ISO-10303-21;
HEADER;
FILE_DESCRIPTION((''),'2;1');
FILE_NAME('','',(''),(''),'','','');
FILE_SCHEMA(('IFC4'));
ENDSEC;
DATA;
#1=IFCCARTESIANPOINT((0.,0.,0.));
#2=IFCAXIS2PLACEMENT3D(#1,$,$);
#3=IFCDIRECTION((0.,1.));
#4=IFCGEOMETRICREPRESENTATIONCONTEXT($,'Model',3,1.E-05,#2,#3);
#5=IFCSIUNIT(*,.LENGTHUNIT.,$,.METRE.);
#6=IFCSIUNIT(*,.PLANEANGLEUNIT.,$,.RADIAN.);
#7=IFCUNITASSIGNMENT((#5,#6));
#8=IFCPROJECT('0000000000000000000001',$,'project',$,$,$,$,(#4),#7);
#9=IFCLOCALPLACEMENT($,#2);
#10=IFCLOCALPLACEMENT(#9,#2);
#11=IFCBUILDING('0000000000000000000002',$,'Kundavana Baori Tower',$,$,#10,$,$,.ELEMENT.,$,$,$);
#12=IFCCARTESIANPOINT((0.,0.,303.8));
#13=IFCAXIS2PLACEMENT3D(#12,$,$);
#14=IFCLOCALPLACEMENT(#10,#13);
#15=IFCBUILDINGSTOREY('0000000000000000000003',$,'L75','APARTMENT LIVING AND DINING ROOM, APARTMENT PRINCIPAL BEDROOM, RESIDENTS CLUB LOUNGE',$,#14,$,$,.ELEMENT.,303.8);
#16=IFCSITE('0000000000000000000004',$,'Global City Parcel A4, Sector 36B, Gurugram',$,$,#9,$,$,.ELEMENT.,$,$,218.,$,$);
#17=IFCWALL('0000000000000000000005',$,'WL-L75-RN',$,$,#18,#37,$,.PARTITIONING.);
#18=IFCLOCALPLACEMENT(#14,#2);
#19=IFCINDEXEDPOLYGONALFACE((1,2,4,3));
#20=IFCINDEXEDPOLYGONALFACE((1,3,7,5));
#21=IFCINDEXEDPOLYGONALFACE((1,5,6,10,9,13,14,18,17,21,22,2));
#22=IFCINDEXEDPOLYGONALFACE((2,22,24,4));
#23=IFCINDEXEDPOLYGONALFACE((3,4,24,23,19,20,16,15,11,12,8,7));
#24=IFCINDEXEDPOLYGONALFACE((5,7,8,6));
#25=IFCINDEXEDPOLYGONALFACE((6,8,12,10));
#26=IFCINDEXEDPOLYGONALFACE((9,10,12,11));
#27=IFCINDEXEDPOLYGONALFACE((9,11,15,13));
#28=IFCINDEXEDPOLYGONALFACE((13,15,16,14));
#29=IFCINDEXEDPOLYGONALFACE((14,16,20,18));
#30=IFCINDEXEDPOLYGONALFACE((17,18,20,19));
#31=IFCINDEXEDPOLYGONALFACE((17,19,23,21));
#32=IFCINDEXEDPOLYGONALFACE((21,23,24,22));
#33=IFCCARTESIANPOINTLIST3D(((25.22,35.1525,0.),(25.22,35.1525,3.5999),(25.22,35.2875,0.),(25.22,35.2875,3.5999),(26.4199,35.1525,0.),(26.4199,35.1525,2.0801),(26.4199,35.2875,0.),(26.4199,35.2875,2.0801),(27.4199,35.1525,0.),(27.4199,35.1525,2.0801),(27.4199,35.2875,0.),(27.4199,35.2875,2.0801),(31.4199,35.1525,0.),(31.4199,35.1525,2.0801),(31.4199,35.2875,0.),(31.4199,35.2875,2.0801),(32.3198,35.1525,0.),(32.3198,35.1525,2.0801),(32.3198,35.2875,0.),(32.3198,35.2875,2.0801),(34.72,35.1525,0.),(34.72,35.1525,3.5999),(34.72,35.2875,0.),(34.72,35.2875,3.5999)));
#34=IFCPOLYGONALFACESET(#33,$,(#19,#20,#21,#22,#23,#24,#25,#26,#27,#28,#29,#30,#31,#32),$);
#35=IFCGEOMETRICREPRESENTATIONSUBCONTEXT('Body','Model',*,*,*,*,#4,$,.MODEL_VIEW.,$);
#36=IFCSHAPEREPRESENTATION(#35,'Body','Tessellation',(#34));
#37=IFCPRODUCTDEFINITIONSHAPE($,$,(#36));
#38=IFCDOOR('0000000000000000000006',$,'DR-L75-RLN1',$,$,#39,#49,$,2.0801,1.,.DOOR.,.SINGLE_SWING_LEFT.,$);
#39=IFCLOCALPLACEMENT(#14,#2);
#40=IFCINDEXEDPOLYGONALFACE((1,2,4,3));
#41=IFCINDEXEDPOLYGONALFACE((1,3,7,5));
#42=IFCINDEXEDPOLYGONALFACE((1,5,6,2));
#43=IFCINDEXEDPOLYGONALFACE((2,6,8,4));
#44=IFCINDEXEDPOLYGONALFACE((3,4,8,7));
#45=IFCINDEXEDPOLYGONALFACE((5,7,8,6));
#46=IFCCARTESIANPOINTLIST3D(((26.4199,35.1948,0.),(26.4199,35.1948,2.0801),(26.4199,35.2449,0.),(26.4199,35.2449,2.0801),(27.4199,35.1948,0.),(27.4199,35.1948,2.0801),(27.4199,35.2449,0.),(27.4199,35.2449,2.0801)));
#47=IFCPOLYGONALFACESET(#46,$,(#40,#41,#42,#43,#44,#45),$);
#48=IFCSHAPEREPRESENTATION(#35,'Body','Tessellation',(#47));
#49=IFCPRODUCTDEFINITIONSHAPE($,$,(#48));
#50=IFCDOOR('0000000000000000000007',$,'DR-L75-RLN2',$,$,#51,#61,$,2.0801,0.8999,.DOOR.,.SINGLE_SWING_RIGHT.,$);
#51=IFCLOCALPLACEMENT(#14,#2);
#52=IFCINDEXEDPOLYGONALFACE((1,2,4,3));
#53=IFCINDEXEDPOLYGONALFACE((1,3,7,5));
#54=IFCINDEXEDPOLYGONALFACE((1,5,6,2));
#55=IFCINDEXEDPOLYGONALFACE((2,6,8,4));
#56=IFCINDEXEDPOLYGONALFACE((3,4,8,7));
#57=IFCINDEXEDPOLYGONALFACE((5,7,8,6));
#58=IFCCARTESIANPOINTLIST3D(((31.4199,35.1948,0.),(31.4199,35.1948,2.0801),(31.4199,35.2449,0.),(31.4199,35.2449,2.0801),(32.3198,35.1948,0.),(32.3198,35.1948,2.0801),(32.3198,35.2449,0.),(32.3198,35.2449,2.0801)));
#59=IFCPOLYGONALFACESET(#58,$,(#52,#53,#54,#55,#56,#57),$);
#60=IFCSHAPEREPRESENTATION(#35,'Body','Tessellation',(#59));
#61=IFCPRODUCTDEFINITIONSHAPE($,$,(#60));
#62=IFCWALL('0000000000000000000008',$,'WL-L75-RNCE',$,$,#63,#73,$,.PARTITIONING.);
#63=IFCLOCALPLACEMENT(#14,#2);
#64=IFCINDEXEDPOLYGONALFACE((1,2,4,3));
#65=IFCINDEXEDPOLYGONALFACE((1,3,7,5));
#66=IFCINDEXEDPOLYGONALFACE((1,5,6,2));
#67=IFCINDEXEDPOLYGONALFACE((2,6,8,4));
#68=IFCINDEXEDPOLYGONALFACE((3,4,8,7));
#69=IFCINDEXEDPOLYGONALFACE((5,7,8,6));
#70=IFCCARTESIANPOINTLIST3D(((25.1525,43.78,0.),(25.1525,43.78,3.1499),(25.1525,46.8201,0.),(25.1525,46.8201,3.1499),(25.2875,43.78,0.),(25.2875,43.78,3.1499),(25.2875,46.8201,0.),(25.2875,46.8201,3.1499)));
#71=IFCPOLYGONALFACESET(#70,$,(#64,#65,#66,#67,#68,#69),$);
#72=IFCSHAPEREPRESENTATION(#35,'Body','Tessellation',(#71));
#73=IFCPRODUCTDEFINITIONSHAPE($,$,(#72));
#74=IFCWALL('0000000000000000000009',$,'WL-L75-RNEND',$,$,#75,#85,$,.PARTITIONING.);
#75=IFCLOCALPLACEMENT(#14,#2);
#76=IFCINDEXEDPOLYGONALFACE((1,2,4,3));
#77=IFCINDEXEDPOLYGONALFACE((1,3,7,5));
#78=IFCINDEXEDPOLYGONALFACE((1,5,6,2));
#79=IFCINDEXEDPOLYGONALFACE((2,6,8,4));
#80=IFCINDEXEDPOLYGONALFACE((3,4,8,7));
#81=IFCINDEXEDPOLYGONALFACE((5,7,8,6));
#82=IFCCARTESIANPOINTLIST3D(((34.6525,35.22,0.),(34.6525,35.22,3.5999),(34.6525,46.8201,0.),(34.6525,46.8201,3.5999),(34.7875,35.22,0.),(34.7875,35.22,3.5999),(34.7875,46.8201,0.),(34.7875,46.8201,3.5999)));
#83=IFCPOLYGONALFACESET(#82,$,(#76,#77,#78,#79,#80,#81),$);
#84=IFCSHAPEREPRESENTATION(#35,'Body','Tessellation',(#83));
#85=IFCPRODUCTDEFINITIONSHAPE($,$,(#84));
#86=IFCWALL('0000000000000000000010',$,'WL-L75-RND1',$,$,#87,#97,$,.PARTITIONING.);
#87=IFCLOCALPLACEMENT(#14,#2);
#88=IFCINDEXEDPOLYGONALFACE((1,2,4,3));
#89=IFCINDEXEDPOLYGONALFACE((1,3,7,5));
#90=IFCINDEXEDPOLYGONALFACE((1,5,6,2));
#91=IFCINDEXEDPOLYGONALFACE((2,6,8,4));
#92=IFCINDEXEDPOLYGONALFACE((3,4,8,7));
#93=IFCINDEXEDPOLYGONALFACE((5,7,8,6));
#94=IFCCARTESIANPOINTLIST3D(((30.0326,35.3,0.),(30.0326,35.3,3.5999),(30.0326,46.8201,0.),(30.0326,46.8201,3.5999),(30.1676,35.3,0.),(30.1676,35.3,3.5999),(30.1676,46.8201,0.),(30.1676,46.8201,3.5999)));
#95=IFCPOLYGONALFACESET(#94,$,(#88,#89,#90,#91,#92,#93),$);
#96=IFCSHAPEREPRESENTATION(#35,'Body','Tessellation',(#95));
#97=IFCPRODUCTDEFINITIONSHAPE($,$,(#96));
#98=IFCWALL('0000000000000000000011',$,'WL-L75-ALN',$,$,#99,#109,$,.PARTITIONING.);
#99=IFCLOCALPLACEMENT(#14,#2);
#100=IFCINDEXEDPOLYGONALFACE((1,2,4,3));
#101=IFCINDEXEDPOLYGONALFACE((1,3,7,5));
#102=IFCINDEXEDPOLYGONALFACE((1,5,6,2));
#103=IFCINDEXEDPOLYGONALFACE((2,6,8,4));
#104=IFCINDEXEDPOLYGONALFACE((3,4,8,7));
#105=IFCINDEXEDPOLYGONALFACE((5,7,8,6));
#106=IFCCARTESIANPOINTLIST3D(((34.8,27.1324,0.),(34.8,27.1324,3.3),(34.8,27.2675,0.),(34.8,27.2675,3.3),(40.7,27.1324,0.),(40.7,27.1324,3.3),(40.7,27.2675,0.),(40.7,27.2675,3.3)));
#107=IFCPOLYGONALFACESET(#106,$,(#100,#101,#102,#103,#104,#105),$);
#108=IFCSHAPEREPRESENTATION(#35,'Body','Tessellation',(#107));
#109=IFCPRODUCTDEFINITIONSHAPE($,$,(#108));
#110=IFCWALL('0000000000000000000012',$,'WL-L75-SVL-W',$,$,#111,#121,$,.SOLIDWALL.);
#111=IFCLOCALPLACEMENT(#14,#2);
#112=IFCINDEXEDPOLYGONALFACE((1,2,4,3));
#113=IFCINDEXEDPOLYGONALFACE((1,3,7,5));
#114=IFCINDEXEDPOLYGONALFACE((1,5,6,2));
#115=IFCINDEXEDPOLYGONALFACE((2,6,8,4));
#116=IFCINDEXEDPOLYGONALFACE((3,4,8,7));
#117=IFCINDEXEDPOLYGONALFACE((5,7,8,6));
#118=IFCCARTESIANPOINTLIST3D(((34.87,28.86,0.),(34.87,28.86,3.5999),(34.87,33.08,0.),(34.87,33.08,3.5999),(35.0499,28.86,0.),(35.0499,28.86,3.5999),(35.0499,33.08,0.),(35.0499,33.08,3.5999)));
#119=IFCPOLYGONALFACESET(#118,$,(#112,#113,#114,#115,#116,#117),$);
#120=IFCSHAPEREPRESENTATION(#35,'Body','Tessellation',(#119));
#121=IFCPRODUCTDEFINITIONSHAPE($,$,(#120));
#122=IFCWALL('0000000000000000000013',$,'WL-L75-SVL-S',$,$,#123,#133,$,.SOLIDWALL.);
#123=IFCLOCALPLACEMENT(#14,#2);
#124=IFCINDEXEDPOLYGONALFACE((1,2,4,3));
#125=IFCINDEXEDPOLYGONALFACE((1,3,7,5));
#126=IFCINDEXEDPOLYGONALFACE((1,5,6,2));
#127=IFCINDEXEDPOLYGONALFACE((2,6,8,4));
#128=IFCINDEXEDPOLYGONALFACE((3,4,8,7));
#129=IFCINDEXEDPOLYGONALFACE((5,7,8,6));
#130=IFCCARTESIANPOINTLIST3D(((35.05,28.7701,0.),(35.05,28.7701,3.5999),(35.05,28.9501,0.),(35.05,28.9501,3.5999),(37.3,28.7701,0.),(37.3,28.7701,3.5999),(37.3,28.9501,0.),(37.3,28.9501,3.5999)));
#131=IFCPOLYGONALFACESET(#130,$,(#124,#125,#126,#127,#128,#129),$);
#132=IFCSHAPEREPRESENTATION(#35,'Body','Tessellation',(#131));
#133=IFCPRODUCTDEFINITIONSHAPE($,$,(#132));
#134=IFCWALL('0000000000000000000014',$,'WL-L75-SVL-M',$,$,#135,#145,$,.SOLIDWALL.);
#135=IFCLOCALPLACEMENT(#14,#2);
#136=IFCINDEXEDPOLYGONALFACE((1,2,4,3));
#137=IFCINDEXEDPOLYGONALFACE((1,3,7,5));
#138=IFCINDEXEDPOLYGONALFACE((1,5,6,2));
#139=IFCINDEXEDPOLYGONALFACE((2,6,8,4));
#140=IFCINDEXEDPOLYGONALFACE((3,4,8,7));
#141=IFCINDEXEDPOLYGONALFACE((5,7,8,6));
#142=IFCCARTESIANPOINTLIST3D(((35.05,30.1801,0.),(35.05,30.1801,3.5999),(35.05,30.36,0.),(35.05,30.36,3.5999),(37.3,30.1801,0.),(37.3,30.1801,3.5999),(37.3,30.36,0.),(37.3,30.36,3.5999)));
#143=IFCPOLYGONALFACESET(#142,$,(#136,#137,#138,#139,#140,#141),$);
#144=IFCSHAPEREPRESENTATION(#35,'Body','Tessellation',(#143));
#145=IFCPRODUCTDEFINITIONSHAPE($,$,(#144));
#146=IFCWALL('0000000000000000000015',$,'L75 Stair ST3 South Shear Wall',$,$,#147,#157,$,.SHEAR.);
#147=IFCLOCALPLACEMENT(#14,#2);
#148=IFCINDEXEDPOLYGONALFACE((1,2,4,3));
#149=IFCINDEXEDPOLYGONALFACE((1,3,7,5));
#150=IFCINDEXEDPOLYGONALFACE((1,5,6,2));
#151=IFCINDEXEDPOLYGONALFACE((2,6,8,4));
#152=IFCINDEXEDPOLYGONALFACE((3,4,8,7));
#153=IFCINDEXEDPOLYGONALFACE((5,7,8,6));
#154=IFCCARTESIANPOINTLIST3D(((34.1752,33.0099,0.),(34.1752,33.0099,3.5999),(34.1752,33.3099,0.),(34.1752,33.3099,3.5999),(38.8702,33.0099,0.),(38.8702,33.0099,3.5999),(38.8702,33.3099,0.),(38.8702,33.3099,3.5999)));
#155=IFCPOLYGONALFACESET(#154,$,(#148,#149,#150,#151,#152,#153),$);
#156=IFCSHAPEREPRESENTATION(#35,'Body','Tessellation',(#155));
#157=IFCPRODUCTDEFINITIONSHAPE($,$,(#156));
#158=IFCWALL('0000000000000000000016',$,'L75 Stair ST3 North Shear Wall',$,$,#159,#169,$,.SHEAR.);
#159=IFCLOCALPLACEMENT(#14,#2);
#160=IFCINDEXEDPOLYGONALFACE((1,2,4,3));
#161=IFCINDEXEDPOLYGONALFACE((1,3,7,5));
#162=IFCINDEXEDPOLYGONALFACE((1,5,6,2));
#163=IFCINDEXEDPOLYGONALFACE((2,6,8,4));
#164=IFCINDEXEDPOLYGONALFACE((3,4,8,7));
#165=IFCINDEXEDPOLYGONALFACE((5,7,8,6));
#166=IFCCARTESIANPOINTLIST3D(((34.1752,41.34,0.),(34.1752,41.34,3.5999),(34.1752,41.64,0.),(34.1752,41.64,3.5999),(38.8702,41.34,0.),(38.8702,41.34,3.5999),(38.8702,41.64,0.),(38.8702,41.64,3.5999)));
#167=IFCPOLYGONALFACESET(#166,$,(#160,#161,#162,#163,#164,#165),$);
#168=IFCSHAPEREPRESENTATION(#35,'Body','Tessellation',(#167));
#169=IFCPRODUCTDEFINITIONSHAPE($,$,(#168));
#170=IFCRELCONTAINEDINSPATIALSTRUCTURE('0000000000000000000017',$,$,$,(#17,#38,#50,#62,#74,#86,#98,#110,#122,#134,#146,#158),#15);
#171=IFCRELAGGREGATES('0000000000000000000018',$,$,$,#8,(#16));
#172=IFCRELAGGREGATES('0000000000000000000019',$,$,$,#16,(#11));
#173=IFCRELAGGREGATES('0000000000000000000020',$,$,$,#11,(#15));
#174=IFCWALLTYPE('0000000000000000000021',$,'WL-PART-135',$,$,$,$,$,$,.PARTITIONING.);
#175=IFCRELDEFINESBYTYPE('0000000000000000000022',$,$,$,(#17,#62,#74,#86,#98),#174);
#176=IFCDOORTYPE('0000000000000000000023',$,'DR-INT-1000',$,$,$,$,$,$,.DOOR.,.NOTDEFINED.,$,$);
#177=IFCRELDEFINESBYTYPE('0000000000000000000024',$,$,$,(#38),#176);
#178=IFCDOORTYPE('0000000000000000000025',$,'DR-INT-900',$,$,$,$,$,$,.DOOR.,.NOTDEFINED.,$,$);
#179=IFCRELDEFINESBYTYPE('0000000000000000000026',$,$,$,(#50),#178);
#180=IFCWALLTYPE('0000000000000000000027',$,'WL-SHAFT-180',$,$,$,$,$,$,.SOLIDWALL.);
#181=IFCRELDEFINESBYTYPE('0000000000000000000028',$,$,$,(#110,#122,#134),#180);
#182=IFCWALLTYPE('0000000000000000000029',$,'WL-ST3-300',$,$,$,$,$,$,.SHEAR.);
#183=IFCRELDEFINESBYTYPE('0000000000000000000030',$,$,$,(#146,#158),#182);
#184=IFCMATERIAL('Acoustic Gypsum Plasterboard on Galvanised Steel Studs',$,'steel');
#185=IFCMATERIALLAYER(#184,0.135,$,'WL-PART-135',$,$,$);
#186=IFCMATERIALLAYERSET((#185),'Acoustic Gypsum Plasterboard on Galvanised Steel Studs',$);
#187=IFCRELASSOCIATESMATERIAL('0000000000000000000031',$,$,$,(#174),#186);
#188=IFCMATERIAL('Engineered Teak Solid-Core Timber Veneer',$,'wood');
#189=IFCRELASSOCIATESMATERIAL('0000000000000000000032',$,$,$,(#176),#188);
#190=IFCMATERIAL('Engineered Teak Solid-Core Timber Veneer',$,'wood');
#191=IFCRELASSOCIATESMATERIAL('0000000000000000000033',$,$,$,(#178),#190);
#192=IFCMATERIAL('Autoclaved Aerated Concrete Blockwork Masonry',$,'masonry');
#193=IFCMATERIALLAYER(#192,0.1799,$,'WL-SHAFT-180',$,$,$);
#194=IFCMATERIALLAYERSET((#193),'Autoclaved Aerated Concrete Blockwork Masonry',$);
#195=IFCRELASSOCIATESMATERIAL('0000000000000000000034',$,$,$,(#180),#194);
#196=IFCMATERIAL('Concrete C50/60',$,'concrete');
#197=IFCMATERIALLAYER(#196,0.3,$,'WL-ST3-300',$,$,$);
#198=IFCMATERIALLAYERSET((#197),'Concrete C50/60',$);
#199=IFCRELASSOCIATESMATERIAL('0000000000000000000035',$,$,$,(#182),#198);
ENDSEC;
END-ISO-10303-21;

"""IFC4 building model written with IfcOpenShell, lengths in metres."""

from ifc_helpers import new_model, si_unit, direction, frame, frame_2d, origin, place, context, subcontext, project, spatial, rectangle, extrude, material, layer, layer_set, type_object, element, fill, save


model = new_model("IFC4")

# Units and contexts
model_context = context("Model", 3, precision=1e-05, world=origin(), true_north=direction((0.0, 1.0)))
body_context = subcontext(model_context, "Body", "Model", "MODEL_VIEW")
ifc_project = project(units=[si_unit("LENGTHUNIT", "METRE"), si_unit("PLANEANGLEUNIT", "RADIAN")], contexts=[model_context])

# Site, building, storey
site_placement = place(None, origin())
site = spatial("IfcSite", under=ifc_project, at=site_placement, Name="Global City Parcel A4, Sector 36B, Gurugram", CompositionType="ELEMENT", RefElevation=218.0)
building_placement = place(site_placement, origin())
building = spatial("IfcBuilding", under=site, at=building_placement, Name="Kundavana Baori Tower", CompositionType="ELEMENT")
storey_placement = place(building_placement, frame((0.0, 0.0, 303.8)))
storey = spatial("IfcBuildingStorey", under=building, at=storey_placement, Name="L75", Description="APARTMENT LIVING AND DINING ROOM, APARTMENT PRINCIPAL BEDROOM, RESIDENTS CLUB LOUNGE", CompositionType="ELEMENT", Elevation=303.8)

# Wall, openings, doors
ifc_material_1 = material(Name="Acoustic Gypsum Plasterboard on Galvanised Steel Studs", Category="steel")
ifc_layer_1 = layer(ifc_material_1, 0.135, Name="WL-PART-135")
ifc_layer_set_1 = layer_set([ifc_layer_1], Name="Acoustic Gypsum Plasterboard on Galvanised Steel Studs")
wall_type_1 = type_object("IfcWallType", Name="WL-PART-135", PredefinedType="PARTITIONING", material=ifc_layer_set_1)
wall_1_placement = place(storey_placement, frame((25.22, 35.22, 0.0), z_axis=(0.0, 0.0, 1.0), x_axis=(1.0, 0.0, 0.0)))
wall_1 = element("IfcWall", 1, at=wall_1_placement, inside=storey, type_object=wall_type_1, Name="WL-L75-RN", PredefinedType="PARTITIONING", context=body_context, shape_type="SweptSolid", body=[
    extrude(rectangle(XDim=9.5, YDim=0.135, at=frame_2d((4.75, 0.0))), origin(), (0.0, 0.0, 1.0), 3.5999),
])
opening_1_placement = place(wall_1_placement, frame((1.2, 0.0, 0.0)))
opening_1 = element("IfcOpeningElement", 2, at=opening_1_placement, cuts=wall_1, PredefinedType="OPENING", context=body_context, shape_type="SweptSolid", body=[
    extrude(rectangle(XDim=1.0, YDim=2.0801, at=frame_2d((0.5, 1.04))), frame((0.0, 0.0776, 0.0), z_axis=(0.0, -1.0, 0.0), x_axis=(1.0, 0.0, 0.0)), (0.0, 0.0, 1.0), 0.155),
])
opening_2_placement = place(wall_1_placement, frame((6.2, 0.0, 0.0)))
opening_2 = element("IfcOpeningElement", 3, at=opening_2_placement, cuts=wall_1, PredefinedType="OPENING", context=body_context, shape_type="SweptSolid", body=[
    extrude(rectangle(XDim=0.8999, YDim=2.0801, at=frame_2d((0.45, 1.04))), frame((0.0, 0.0776, 0.0), z_axis=(0.0, -1.0, 0.0), x_axis=(1.0, 0.0, 0.0)), (0.0, 0.0, 1.0), 0.155),
])
ifc_material_2 = material(Name="Engineered Teak Solid-Core Timber Veneer", Category="wood")
door_type_1 = type_object("IfcDoorType", Name="DR-INT-1000", OperationType="NOTDEFINED", PredefinedType="DOOR", material=ifc_material_2)
door_1_placement = place(opening_1_placement, origin())
door_1 = element("IfcDoor", 4, at=door_1_placement, inside=storey, type_object=door_type_1, Name="DR-L75-RLN1", OperationType="SINGLE_SWING_LEFT", OverallHeight=2.0801, OverallWidth=1.0, PredefinedType="DOOR", context=body_context, shape_type="SweptSolid", body=[
    extrude(rectangle(XDim=1.0, YDim=2.0801, at=frame_2d((0.5, 1.04))), frame((0.0, 0.0249, 0.0), z_axis=(0.0, -1.0, 0.0), x_axis=(1.0, 0.0, 0.0)), (0.0, 0.0, 1.0), 0.05),
])
fill(opening_1, door_1)
ifc_material_3 = material(Name="Engineered Teak Solid-Core Timber Veneer", Category="wood")
door_type_2 = type_object("IfcDoorType", Name="DR-INT-900", OperationType="NOTDEFINED", PredefinedType="DOOR", material=ifc_material_3)
door_2_placement = place(opening_2_placement, origin())
door_2 = element("IfcDoor", 5, at=door_2_placement, inside=storey, type_object=door_type_2, Name="DR-L75-RLN2", OperationType="SINGLE_SWING_RIGHT", OverallHeight=2.0801, OverallWidth=0.8999, PredefinedType="DOOR", context=body_context, shape_type="SweptSolid", body=[
    extrude(rectangle(XDim=0.8999, YDim=2.0801, at=frame_2d((0.45, 1.04))), frame((0.0, 0.0249, 0.0), z_axis=(0.0, -1.0, 0.0), x_axis=(1.0, 0.0, 0.0)), (0.0, 0.0, 1.0), 0.05),
])
fill(opening_2, door_2)

# Walls
wall_2_placement = place(storey_placement, frame((25.22, 43.78, 0.0), z_axis=(0.0, 0.0, 1.0), x_axis=(0.0, 1.0, 0.0)))
element("IfcWall", 6, at=wall_2_placement, inside=storey, type_object=wall_type_1, Name="WL-L75-RNCE", PredefinedType="PARTITIONING", context=body_context, shape_type="SweptSolid", body=[
    extrude(rectangle(XDim=3.04, YDim=0.135, at=frame_2d((1.52, 0.0))), origin(), (0.0, 0.0, 1.0), 3.1499),
])
wall_3_placement = place(storey_placement, frame((34.72, 35.22, 0.0), z_axis=(0.0, 0.0, 1.0), x_axis=(0.0, 1.0, 0.0)))
element("IfcWall", 7, at=wall_3_placement, inside=storey, type_object=wall_type_1, Name="WL-L75-RNEND", PredefinedType="PARTITIONING", context=body_context, shape_type="SweptSolid", body=[
    extrude(rectangle(XDim=11.6001, YDim=0.135, at=frame_2d((5.8, 0.0))), origin(), (0.0, 0.0, 1.0), 3.5999),
])
wall_4_placement = place(storey_placement, frame((30.1001, 35.3, 0.0), z_axis=(0.0, 0.0, 1.0), x_axis=(0.0, 1.0, 0.0)))
element("IfcWall", 8, at=wall_4_placement, inside=storey, type_object=wall_type_1, Name="WL-L75-RND1", PredefinedType="PARTITIONING", context=body_context, shape_type="SweptSolid", body=[
    extrude(rectangle(XDim=11.52, YDim=0.135, at=frame_2d((5.76, 0.0))), origin(), (0.0, 0.0, 1.0), 3.5999),
])
wall_5_placement = place(storey_placement, frame((34.8, 27.2, 0.0), z_axis=(0.0, 0.0, 1.0), x_axis=(1.0, 0.0, 0.0)))
element("IfcWall", 9, at=wall_5_placement, inside=storey, type_object=wall_type_1, Name="WL-L75-ALN", PredefinedType="PARTITIONING", context=body_context, shape_type="SweptSolid", body=[
    extrude(rectangle(XDim=5.8999, YDim=0.135, at=frame_2d((2.95, 0.0))), origin(), (0.0, 0.0, 1.0), 3.3),
])
ifc_material_4 = material(Name="Autoclaved Aerated Concrete Blockwork Masonry", Category="masonry")
ifc_layer_2 = layer(ifc_material_4, 0.1799, Name="WL-SHAFT-180")
ifc_layer_set_2 = layer_set([ifc_layer_2], Name="Autoclaved Aerated Concrete Blockwork Masonry")
wall_type_2 = type_object("IfcWallType", Name="WL-SHAFT-180", PredefinedType="SOLIDWALL", material=ifc_layer_set_2)
wall_6_placement = place(storey_placement, frame((34.96, 28.8601, 0.0), z_axis=(0.0, 0.0, 1.0), x_axis=(0.0, 1.0, 0.0)))
element("IfcWall", 10, at=wall_6_placement, inside=storey, type_object=wall_type_2, Name="WL-L75-SVL-W", PredefinedType="SOLIDWALL", context=body_context, shape_type="SweptSolid", body=[
    extrude(rectangle(XDim=4.22, YDim=0.1799, at=frame_2d((2.1099, 0.0))), origin(), (0.0, 0.0, 1.0), 3.5999),
])
for number, where, z_axis, x_axis, name in (
    (11, (35.05, 28.8601, 0.0), (0.0, 0.0, 1.0), (1.0, 0.0, 0.0), "WL-L75-SVL-S"),
    (12, (35.05, 30.27, 0.0), (0.0, 0.0, 1.0), (1.0, 0.0, 0.0), "WL-L75-SVL-M"),
):
    element("IfcWall", number, at=place(storey_placement, frame(where, z_axis=z_axis, x_axis=x_axis)), inside=storey, type_object=wall_type_2, Name=name, PredefinedType="SOLIDWALL", context=body_context, shape_type="SweptSolid", body=[
        extrude(rectangle(XDim=2.25, YDim=0.1799, at=frame_2d((1.125, 0.0))), origin(), (0.0, 0.0, 1.0), 3.5999),
    ])
ifc_material_5 = material(Name="Concrete C50/60", Category="concrete")
ifc_layer_3 = layer(ifc_material_5, 0.3, Name="WL-ST3-300")
ifc_layer_set_3 = layer_set([ifc_layer_3], Name="Concrete C50/60")
wall_type_3 = type_object("IfcWallType", Name="WL-ST3-300", PredefinedType="SHEAR", material=ifc_layer_set_3)
for number, where, z_axis, x_axis, name in (
    (13, (34.175, 33.1599, 0.0), (0.0, 0.0, 1.0), (1.0, 0.0, 0.0), "L75 Stair ST3 South Shear Wall"),
    (14, (34.175, 41.49, 0.0), (0.0, 0.0, 1.0), (1.0, 0.0, 0.0), "L75 Stair ST3 North Shear Wall"),
):
    element("IfcWall", number, at=place(storey_placement, frame(where, z_axis=z_axis, x_axis=x_axis)), inside=storey, type_object=wall_type_3, Name=name, PredefinedType="SHEAR", context=body_context, shape_type="SweptSolid", body=[
        extrude(rectangle(XDim=4.6951, YDim=0.3, at=frame_2d((2.3477, 0.0))), origin(), (0.0, 0.0, 1.0), 3.5999),
    ])

save(model, "model.ifc")
